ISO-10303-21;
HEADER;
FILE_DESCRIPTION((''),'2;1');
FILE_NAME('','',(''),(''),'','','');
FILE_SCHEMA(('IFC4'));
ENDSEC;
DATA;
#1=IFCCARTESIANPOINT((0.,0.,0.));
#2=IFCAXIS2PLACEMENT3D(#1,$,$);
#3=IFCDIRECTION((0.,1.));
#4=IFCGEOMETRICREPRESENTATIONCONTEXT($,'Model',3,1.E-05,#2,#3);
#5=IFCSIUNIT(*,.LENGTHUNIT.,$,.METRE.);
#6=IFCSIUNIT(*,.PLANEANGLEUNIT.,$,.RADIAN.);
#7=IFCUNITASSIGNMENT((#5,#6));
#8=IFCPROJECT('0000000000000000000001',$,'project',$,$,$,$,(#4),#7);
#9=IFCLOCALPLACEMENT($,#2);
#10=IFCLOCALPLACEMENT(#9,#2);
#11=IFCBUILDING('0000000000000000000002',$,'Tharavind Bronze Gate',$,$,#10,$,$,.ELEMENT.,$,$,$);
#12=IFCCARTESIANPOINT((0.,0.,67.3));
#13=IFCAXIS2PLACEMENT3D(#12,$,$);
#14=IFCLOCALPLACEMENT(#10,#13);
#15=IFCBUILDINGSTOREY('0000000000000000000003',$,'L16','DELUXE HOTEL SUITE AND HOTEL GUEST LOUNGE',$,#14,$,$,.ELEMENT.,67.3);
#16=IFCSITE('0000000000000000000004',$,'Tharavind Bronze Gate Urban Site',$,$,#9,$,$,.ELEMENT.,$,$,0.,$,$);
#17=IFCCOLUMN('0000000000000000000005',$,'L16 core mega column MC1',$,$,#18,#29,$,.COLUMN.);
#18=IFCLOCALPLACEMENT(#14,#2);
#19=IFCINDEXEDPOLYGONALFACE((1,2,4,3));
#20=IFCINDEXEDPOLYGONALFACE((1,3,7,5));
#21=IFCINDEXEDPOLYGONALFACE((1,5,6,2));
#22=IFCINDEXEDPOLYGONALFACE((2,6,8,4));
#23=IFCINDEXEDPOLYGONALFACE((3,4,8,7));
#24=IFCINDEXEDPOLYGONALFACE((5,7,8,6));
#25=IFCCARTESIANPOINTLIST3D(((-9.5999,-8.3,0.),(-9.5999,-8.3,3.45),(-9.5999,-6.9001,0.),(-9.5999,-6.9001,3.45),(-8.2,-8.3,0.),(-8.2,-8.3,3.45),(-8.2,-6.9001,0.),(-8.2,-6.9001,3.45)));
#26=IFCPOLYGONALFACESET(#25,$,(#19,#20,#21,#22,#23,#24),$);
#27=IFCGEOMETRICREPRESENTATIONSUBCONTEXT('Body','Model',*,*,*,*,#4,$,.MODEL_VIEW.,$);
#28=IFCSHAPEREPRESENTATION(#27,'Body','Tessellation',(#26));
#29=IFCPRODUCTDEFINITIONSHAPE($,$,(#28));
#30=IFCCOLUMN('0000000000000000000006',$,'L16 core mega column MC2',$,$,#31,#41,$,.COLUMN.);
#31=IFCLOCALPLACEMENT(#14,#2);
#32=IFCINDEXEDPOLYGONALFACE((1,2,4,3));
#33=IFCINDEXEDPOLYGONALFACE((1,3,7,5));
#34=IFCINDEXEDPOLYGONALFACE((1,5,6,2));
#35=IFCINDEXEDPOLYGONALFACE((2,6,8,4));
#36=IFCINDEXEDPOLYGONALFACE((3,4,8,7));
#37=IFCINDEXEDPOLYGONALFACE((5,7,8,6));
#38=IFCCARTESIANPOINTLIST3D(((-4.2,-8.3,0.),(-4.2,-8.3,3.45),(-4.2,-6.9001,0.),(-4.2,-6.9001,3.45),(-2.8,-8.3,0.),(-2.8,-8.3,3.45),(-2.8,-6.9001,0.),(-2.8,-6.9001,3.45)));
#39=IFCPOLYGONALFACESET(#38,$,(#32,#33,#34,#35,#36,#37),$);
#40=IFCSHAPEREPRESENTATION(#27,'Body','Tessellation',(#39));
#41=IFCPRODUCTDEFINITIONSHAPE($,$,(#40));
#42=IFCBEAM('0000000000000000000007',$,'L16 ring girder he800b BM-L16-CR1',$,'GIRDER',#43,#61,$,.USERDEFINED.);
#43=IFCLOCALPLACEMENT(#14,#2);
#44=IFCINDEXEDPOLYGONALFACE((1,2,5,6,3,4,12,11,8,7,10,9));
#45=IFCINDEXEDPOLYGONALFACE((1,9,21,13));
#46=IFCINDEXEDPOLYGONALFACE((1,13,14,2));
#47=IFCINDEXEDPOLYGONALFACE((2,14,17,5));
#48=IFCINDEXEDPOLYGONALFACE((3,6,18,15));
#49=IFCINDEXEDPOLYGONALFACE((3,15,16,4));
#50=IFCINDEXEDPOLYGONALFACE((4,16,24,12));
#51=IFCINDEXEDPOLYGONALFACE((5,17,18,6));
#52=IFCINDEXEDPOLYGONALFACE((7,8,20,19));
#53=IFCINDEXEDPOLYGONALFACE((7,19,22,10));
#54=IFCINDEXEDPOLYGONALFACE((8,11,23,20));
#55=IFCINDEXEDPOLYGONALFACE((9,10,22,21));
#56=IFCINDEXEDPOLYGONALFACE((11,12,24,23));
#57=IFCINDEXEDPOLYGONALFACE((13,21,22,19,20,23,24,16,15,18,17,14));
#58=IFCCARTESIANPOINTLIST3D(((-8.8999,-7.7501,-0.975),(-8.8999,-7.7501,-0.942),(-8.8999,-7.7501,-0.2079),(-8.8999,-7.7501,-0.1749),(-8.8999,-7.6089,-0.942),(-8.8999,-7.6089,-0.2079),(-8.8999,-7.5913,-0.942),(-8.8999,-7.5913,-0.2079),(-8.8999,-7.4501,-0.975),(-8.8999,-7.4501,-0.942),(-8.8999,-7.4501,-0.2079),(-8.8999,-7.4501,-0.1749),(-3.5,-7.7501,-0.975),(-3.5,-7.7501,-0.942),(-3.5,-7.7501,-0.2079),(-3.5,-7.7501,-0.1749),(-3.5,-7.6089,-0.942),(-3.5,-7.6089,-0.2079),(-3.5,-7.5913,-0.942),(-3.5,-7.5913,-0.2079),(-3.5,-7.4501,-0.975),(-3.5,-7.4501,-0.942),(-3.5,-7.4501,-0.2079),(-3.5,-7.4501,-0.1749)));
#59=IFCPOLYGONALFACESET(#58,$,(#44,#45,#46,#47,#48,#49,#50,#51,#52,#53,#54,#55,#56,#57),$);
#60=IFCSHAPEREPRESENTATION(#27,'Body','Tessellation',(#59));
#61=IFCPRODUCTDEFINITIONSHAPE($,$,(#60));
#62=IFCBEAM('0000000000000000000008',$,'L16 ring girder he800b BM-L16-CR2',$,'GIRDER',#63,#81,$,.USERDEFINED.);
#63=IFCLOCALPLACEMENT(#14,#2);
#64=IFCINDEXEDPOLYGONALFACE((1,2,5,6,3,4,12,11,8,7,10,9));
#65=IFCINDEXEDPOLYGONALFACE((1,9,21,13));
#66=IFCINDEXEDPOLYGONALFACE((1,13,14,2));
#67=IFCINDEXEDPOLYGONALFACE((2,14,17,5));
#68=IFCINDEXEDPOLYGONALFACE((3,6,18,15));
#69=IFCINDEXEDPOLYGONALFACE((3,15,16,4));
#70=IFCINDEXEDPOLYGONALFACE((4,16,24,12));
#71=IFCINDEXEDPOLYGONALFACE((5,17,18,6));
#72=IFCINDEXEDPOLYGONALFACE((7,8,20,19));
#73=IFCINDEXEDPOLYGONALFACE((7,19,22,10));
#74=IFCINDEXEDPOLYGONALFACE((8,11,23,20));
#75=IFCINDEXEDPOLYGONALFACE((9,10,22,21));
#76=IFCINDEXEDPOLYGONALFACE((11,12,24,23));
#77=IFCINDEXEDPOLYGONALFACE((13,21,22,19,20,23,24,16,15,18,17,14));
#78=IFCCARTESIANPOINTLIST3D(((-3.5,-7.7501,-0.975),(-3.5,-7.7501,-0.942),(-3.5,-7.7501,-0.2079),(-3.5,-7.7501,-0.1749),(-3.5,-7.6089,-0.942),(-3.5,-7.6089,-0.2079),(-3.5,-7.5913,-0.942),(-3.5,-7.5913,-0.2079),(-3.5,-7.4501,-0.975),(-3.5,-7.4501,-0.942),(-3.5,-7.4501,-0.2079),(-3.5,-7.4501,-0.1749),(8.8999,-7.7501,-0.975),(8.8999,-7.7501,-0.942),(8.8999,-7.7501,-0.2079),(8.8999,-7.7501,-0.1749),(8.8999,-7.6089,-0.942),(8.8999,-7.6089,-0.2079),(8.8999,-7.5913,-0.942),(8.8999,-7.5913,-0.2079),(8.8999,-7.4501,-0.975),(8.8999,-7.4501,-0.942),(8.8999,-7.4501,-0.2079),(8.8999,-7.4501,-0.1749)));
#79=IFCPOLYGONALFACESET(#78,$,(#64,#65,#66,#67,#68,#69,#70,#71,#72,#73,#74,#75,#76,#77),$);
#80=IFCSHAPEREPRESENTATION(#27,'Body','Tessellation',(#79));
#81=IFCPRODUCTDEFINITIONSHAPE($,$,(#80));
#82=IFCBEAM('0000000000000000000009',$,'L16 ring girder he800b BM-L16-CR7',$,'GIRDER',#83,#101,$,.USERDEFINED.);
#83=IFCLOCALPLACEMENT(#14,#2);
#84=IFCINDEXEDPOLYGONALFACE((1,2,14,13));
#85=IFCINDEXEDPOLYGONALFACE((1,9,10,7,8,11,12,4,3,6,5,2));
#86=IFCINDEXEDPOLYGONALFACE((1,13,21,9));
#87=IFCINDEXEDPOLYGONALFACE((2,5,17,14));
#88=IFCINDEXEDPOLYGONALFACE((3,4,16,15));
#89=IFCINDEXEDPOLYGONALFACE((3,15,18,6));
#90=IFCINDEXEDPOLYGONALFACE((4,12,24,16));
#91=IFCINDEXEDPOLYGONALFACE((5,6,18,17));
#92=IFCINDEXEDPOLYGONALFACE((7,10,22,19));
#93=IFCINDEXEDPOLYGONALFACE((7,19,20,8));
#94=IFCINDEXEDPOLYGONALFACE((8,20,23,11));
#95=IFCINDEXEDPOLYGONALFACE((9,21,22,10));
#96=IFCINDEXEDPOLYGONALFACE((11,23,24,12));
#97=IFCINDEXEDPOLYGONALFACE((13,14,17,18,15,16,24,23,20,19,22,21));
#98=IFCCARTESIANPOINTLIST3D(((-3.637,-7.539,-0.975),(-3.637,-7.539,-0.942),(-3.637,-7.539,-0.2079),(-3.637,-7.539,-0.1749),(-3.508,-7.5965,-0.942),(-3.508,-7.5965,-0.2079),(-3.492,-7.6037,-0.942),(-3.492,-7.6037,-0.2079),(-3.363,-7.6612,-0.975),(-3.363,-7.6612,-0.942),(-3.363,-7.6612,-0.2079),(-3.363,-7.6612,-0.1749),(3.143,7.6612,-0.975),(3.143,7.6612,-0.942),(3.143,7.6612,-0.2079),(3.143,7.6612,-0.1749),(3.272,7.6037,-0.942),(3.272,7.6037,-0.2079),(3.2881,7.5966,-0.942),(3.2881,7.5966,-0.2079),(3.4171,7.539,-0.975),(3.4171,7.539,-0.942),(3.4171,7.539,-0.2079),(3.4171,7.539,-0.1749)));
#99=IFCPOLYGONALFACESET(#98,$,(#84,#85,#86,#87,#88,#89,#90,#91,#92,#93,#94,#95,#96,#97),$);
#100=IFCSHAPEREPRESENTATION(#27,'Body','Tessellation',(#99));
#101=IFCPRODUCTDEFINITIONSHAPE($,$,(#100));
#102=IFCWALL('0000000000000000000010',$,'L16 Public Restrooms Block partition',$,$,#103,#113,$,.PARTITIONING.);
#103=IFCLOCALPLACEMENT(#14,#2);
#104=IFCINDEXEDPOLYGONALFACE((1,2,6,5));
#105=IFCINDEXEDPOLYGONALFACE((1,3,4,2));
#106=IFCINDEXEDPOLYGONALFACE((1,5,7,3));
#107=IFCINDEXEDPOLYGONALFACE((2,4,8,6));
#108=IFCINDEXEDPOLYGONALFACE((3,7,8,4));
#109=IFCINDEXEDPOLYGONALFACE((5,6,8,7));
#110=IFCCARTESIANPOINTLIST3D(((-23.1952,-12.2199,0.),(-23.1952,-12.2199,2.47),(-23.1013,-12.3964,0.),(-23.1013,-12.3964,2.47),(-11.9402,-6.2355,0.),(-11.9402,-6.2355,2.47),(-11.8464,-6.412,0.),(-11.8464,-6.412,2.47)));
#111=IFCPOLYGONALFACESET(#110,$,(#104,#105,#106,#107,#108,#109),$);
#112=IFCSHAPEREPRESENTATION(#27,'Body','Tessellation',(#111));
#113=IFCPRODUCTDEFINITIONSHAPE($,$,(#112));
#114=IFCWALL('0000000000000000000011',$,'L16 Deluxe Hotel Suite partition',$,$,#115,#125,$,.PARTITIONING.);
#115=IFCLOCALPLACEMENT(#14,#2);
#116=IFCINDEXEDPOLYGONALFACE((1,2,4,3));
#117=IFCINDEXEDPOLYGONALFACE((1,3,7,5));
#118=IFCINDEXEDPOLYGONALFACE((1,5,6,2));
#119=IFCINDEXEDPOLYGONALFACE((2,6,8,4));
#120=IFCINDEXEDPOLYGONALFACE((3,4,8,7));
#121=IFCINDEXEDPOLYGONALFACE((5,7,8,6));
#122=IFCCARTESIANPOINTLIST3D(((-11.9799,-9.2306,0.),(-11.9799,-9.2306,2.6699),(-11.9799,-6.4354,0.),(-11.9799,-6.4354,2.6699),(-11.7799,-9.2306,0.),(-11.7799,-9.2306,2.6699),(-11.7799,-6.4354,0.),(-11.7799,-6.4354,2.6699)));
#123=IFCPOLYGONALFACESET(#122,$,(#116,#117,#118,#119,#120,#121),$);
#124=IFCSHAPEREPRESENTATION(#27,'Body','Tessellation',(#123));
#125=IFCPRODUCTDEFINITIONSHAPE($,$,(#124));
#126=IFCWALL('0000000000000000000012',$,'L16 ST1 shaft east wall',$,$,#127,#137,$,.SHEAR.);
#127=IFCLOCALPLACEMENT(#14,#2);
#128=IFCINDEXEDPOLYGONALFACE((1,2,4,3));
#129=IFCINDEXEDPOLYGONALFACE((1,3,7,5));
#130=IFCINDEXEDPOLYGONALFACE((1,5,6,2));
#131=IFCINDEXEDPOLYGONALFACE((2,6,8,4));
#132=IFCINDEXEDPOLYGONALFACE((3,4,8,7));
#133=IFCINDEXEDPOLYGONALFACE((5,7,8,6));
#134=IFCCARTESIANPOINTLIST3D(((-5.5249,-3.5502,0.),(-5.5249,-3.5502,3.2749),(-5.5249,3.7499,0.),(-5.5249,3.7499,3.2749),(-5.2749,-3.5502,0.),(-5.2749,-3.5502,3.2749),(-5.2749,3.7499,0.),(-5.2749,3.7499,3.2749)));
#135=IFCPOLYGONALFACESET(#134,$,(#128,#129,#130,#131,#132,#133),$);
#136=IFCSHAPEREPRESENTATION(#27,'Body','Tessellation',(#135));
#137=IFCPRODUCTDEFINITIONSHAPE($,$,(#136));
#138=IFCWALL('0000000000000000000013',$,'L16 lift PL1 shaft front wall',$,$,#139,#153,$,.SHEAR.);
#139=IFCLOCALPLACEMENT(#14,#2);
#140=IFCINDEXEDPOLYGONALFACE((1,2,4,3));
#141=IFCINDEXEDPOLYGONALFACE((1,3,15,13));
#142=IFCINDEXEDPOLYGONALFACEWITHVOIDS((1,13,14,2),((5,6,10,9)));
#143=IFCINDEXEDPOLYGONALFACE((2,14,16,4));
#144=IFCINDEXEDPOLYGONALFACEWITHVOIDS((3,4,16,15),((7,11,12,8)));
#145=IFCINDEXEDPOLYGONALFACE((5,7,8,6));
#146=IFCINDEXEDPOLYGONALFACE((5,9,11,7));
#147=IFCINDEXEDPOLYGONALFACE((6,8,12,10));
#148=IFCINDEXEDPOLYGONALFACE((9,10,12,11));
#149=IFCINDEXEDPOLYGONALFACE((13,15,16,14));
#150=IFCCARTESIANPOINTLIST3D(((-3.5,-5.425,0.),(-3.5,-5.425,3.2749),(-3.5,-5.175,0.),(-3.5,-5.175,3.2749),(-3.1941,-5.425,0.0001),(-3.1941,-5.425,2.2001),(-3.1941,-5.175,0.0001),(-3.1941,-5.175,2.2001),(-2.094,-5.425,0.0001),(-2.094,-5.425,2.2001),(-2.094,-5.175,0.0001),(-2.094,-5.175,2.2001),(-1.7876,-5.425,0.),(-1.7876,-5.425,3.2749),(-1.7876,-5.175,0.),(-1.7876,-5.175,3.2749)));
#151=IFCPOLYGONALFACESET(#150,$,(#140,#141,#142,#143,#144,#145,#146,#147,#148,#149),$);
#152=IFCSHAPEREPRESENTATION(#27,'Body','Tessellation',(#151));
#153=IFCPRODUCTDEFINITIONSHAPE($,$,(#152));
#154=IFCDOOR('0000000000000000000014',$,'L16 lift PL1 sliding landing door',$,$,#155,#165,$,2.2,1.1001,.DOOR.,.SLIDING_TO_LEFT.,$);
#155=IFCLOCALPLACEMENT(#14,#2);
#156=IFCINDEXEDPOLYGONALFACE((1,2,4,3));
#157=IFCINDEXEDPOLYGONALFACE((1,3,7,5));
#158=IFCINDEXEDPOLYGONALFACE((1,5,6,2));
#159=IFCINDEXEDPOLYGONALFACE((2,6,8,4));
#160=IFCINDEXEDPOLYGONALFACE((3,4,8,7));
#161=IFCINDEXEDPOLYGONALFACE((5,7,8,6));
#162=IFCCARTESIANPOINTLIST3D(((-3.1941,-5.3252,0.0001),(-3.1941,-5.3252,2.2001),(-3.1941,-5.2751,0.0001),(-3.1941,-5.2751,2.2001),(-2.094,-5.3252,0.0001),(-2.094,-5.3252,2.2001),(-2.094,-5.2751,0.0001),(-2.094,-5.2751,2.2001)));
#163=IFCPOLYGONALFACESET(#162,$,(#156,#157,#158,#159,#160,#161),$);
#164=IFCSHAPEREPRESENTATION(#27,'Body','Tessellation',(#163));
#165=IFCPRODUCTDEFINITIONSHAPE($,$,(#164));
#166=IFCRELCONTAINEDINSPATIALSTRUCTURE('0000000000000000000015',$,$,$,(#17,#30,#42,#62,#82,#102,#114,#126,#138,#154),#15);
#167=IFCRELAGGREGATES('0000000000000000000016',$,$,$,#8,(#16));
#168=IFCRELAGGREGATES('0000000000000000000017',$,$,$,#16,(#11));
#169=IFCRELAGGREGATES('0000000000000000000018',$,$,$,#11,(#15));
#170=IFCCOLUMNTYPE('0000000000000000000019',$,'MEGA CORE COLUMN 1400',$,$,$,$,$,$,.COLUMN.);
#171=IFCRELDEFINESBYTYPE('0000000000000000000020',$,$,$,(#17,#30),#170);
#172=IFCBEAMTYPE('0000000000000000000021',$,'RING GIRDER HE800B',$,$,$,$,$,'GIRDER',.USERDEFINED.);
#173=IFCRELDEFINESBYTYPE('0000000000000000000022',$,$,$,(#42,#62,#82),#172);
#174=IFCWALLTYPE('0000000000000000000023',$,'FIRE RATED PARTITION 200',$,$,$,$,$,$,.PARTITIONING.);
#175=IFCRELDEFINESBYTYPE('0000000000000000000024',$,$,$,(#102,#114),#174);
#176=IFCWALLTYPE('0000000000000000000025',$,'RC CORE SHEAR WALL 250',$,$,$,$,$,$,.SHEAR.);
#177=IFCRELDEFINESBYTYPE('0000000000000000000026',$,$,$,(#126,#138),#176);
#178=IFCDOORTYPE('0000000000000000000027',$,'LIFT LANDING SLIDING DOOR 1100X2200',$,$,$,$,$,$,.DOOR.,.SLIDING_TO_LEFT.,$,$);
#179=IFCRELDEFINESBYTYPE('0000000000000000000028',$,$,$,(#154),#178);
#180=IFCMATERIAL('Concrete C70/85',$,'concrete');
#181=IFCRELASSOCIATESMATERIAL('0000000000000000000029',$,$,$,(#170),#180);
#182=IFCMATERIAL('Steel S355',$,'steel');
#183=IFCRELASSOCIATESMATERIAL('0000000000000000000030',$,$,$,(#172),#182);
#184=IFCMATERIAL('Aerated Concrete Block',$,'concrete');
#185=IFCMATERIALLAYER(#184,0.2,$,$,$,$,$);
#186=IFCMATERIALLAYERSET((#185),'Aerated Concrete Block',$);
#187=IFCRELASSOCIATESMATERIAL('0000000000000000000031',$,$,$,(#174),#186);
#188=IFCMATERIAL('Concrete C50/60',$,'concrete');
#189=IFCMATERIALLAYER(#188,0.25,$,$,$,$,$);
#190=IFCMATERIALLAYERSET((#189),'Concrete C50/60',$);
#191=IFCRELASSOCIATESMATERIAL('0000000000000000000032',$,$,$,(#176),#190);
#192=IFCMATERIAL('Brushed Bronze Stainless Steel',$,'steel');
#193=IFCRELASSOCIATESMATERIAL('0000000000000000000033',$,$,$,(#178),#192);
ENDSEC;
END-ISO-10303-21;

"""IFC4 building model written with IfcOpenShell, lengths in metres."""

from ifc_helpers import new_model, si_unit, direction, frame, frame_2d, origin, origin_2d, place, context, subcontext, project, spatial, rectangle, i_section, extrude, material, layer, layer_set, material_profile, profile_set, type_object, element, fill, save


model = new_model("IFC4")

# Units and contexts
model_context = context("Model", 3, precision=1e-05, world=origin(), true_north=direction((0.0, 1.0)))
body_context = subcontext(model_context, "Body", "Model", "MODEL_VIEW")
ifc_project = project(units=[si_unit("LENGTHUNIT", "METRE"), si_unit("PLANEANGLEUNIT", "RADIAN")], contexts=[model_context])

# Site, building, storey
site_placement = place(None, origin())
site = spatial("IfcSite", under=ifc_project, at=site_placement, Name="Tharavind Bronze Gate Urban Site", CompositionType="ELEMENT", RefElevation=0.0)
building_placement = place(site_placement, origin())
building = spatial("IfcBuilding", under=site, at=building_placement, Name="Tharavind Bronze Gate", CompositionType="ELEMENT")
storey_placement = place(building_placement, frame((0.0, 0.0, 67.3)))
storey = spatial("IfcBuildingStorey", under=building, at=storey_placement, Name="L16", Description="DELUXE HOTEL SUITE AND HOTEL GUEST LOUNGE", CompositionType="ELEMENT", Elevation=67.3)

# Columns
ifc_material_1 = material(Name="Concrete C70/85", Category="concrete")
ifc_material_profile_1 = material_profile(ifc_material_1, rectangle(XDim=1.3999, YDim=1.3999, at=origin_2d()), Name="RCCOL1400")
ifc_profile_set_1 = profile_set([ifc_material_profile_1], Name="Concrete C70/85")
column_type = type_object("IfcColumnType", Name="MEGA CORE COLUMN 1400", PredefinedType="COLUMN", material=ifc_profile_set_1)
for number, where, z_axis, x_axis, name in (
    (1, (-8.8999, -7.6001, 0.0), (0.0, 0.0, 1.0), (1.0, 0.0, 0.0), "L16 core mega column MC1"),
    (2, (-3.5, -7.6001, 0.0), (0.0, 0.0, 1.0), (1.0, 0.0, 0.0), "L16 core mega column MC2"),
):
    element("IfcColumn", number, at=place(storey_placement, frame(where, z_axis=z_axis, x_axis=x_axis)), inside=storey, type_object=column_type, Name=name, PredefinedType="COLUMN", context=body_context, shape_type="SweptSolid", body=[
        extrude(rectangle(XDim=1.3999, YDim=1.3999, at=origin_2d()), origin(), (0.0, 0.0, 1.0), 3.45),
    ])

# Beams
ifc_material_2 = material(Name="Steel S355", Category="steel")
ifc_material_profile_2 = material_profile(ifc_material_2, i_section(OverallWidth=0.3, OverallDepth=0.8, WebThickness=0.0176, FlangeThickness=0.033, at=origin_2d()), Name="HE800B")
ifc_profile_set_2 = profile_set([ifc_material_profile_2], Name="Steel S355")
beam_type = type_object("IfcBeamType", Name="RING GIRDER HE800B", ElementType="GIRDER", PredefinedType="USERDEFINED", material=ifc_profile_set_2)
beam_1_placement = place(storey_placement, frame((-8.8999, -7.6001, -0.575), z_axis=(1.0, 0.0, 0.0), x_axis=(0.0, 1.0, 0.0)))
element("IfcBeam", 3, at=beam_1_placement, inside=storey, type_object=beam_type, Name="L16 ring girder he800b BM-L16-CR1", ObjectType="GIRDER", PredefinedType="USERDEFINED", context=body_context, shape_type="SweptSolid", body=[
    extrude(i_section(OverallWidth=0.3, OverallDepth=0.8, WebThickness=0.0176, FlangeThickness=0.033, at=origin_2d()), origin(), (0.0, 0.0, 1.0), 5.3999),
])
beam_2_placement = place(storey_placement, frame((-3.5, -7.6001, -0.575), z_axis=(1.0, 0.0, 0.0), x_axis=(0.0, 1.0, 0.0)))
element("IfcBeam", 4, at=beam_2_placement, inside=storey, type_object=beam_type, Name="L16 ring girder he800b BM-L16-CR2", ObjectType="GIRDER", PredefinedType="USERDEFINED", context=body_context, shape_type="SweptSolid", body=[
    extrude(i_section(OverallWidth=0.3, OverallDepth=0.8, WebThickness=0.0176, FlangeThickness=0.033, at=origin_2d()), origin(), (0.0, 0.0, 1.0), 12.3999),
])
beam_3_placement = place(storey_placement, frame((-3.5, -7.6001, -0.575), z_axis=(0.407362, 0.913267, 0.0), x_axis=(-0.913267, 0.407362, 0.0)))
element("IfcBeam", 5, at=beam_3_placement, inside=storey, type_object=beam_type, Name="L16 ring girder he800b BM-L16-CR7", ObjectType="GIRDER", PredefinedType="USERDEFINED", context=body_context, shape_type="SweptSolid", body=[
    extrude(i_section(OverallWidth=0.3, OverallDepth=0.8, WebThickness=0.0176, FlangeThickness=0.033, at=origin_2d()), origin(), (0.0, 0.0, 1.0), 16.6438),
])

# Walls
ifc_material_3 = material(Name="Aerated Concrete Block", Category="concrete")
ifc_layer_1 = layer(ifc_material_3, 0.2)
ifc_layer_set_1 = layer_set([ifc_layer_1], Name="Aerated Concrete Block")
wall_type_1 = type_object("IfcWallType", Name="FIRE RATED PARTITION 200", PredefinedType="PARTITIONING", material=ifc_layer_set_1)
wall_1_placement = place(storey_placement, frame((-11.8933, -6.3237, 0.0), z_axis=(0.0, 0.0, 1.0), x_axis=(-0.882946, -0.469474, 0.0)))
element("IfcWall", 6, at=wall_1_placement, inside=storey, type_object=wall_type_1, Name="L16 Public Restrooms Block partition", PredefinedType="PARTITIONING", context=body_context, shape_type="SweptSolid", body=[
    extrude(rectangle(XDim=12.7471, YDim=0.2, at=frame_2d((6.3735, 0.0))), origin(), (0.0, 0.0, 1.0), 2.47),
])
wall_2_placement = place(storey_placement, frame((-11.8799, -6.4355, 0.0), z_axis=(0.0, 0.0, 1.0), x_axis=(0.0, -1.0, 0.0)))
element("IfcWall", 7, at=wall_2_placement, inside=storey, type_object=wall_type_1, Name="L16 Deluxe Hotel Suite partition", PredefinedType="PARTITIONING", context=body_context, shape_type="SweptSolid", body=[
    extrude(rectangle(XDim=2.7952, YDim=0.2, at=frame_2d((1.3975, 0.0))), origin(), (0.0, 0.0, 1.0), 2.6699),
])
ifc_material_4 = material(Name="Concrete C50/60", Category="concrete")
ifc_layer_2 = layer(ifc_material_4, 0.25)
ifc_layer_set_2 = layer_set([ifc_layer_2], Name="Concrete C50/60")
wall_type_2 = type_object("IfcWallType", Name="RC CORE SHEAR WALL 250", PredefinedType="SHEAR", material=ifc_layer_set_2)
wall_3_placement = place(storey_placement, frame((-5.3999, -3.55, 0.0), z_axis=(0.0, 0.0, 1.0), x_axis=(0.0, 1.0, 0.0)))
element("IfcWall", 8, at=wall_3_placement, inside=storey, type_object=wall_type_2, Name="L16 ST1 shaft east wall", PredefinedType="SHEAR", context=body_context, shape_type="SweptSolid", body=[
    extrude(rectangle(XDim=7.3, YDim=0.25, at=frame_2d((3.6499, 0.0))), origin(), (0.0, 0.0, 1.0), 3.2749),
])

# Wall, opening, door
wall_4_placement = place(storey_placement, frame((-3.5, -5.3, 0.0), z_axis=(0.0, 0.0, 1.0), x_axis=(1.0, 0.0, 0.0)))
wall_4 = element("IfcWall", 9, at=wall_4_placement, inside=storey, type_object=wall_type_2, Name="L16 lift PL1 shaft front wall", PredefinedType="SHEAR", context=body_context, shape_type="SweptSolid", body=[
    extrude(rectangle(XDim=1.7124, YDim=0.25, at=frame_2d((0.8562, 0.0))), origin(), (0.0, 0.0, 1.0), 3.2749),
])
opening_1_placement = place(wall_4_placement, frame((0.3059, 0.0, 0.0)))
opening_1 = element("IfcOpeningElement", 10, at=opening_1_placement, cuts=wall_4, PredefinedType="OPENING", context=body_context, shape_type="SweptSolid", body=[
    extrude(rectangle(XDim=1.1001, YDim=2.2, at=frame_2d((0.55, 1.1001))), frame((0.0, 0.135, 0.0), z_axis=(0.0, -1.0, 0.0), x_axis=(1.0, 0.0, 0.0)), (0.0, 0.0, 1.0), 0.27),
])
ifc_material_5 = material(Name="Brushed Bronze Stainless Steel", Category="steel")
door_type_1 = type_object("IfcDoorType", Name="LIFT LANDING SLIDING DOOR 1100X2200", OperationType="SLIDING_TO_LEFT", PredefinedType="DOOR", material=ifc_material_5)
door_1_placement = place(opening_1_placement, origin())
door_1 = element("IfcDoor", 11, at=door_1_placement, inside=storey, type_object=door_type_1, Name="L16 lift PL1 sliding landing door", OperationType="SLIDING_TO_LEFT", OverallHeight=2.2, OverallWidth=1.1001, PredefinedType="DOOR", context=body_context, shape_type="SweptSolid", body=[
    extrude(rectangle(XDim=1.1001, YDim=2.2, at=frame_2d((0.55, 1.1001))), frame((0.0, 0.0249, 0.0), z_axis=(0.0, -1.0, 0.0), x_axis=(1.0, 0.0, 0.0)), (0.0, 0.0, 1.0), 0.05),
])
fill(opening_1, door_1)

save(model, "model.ifc")
